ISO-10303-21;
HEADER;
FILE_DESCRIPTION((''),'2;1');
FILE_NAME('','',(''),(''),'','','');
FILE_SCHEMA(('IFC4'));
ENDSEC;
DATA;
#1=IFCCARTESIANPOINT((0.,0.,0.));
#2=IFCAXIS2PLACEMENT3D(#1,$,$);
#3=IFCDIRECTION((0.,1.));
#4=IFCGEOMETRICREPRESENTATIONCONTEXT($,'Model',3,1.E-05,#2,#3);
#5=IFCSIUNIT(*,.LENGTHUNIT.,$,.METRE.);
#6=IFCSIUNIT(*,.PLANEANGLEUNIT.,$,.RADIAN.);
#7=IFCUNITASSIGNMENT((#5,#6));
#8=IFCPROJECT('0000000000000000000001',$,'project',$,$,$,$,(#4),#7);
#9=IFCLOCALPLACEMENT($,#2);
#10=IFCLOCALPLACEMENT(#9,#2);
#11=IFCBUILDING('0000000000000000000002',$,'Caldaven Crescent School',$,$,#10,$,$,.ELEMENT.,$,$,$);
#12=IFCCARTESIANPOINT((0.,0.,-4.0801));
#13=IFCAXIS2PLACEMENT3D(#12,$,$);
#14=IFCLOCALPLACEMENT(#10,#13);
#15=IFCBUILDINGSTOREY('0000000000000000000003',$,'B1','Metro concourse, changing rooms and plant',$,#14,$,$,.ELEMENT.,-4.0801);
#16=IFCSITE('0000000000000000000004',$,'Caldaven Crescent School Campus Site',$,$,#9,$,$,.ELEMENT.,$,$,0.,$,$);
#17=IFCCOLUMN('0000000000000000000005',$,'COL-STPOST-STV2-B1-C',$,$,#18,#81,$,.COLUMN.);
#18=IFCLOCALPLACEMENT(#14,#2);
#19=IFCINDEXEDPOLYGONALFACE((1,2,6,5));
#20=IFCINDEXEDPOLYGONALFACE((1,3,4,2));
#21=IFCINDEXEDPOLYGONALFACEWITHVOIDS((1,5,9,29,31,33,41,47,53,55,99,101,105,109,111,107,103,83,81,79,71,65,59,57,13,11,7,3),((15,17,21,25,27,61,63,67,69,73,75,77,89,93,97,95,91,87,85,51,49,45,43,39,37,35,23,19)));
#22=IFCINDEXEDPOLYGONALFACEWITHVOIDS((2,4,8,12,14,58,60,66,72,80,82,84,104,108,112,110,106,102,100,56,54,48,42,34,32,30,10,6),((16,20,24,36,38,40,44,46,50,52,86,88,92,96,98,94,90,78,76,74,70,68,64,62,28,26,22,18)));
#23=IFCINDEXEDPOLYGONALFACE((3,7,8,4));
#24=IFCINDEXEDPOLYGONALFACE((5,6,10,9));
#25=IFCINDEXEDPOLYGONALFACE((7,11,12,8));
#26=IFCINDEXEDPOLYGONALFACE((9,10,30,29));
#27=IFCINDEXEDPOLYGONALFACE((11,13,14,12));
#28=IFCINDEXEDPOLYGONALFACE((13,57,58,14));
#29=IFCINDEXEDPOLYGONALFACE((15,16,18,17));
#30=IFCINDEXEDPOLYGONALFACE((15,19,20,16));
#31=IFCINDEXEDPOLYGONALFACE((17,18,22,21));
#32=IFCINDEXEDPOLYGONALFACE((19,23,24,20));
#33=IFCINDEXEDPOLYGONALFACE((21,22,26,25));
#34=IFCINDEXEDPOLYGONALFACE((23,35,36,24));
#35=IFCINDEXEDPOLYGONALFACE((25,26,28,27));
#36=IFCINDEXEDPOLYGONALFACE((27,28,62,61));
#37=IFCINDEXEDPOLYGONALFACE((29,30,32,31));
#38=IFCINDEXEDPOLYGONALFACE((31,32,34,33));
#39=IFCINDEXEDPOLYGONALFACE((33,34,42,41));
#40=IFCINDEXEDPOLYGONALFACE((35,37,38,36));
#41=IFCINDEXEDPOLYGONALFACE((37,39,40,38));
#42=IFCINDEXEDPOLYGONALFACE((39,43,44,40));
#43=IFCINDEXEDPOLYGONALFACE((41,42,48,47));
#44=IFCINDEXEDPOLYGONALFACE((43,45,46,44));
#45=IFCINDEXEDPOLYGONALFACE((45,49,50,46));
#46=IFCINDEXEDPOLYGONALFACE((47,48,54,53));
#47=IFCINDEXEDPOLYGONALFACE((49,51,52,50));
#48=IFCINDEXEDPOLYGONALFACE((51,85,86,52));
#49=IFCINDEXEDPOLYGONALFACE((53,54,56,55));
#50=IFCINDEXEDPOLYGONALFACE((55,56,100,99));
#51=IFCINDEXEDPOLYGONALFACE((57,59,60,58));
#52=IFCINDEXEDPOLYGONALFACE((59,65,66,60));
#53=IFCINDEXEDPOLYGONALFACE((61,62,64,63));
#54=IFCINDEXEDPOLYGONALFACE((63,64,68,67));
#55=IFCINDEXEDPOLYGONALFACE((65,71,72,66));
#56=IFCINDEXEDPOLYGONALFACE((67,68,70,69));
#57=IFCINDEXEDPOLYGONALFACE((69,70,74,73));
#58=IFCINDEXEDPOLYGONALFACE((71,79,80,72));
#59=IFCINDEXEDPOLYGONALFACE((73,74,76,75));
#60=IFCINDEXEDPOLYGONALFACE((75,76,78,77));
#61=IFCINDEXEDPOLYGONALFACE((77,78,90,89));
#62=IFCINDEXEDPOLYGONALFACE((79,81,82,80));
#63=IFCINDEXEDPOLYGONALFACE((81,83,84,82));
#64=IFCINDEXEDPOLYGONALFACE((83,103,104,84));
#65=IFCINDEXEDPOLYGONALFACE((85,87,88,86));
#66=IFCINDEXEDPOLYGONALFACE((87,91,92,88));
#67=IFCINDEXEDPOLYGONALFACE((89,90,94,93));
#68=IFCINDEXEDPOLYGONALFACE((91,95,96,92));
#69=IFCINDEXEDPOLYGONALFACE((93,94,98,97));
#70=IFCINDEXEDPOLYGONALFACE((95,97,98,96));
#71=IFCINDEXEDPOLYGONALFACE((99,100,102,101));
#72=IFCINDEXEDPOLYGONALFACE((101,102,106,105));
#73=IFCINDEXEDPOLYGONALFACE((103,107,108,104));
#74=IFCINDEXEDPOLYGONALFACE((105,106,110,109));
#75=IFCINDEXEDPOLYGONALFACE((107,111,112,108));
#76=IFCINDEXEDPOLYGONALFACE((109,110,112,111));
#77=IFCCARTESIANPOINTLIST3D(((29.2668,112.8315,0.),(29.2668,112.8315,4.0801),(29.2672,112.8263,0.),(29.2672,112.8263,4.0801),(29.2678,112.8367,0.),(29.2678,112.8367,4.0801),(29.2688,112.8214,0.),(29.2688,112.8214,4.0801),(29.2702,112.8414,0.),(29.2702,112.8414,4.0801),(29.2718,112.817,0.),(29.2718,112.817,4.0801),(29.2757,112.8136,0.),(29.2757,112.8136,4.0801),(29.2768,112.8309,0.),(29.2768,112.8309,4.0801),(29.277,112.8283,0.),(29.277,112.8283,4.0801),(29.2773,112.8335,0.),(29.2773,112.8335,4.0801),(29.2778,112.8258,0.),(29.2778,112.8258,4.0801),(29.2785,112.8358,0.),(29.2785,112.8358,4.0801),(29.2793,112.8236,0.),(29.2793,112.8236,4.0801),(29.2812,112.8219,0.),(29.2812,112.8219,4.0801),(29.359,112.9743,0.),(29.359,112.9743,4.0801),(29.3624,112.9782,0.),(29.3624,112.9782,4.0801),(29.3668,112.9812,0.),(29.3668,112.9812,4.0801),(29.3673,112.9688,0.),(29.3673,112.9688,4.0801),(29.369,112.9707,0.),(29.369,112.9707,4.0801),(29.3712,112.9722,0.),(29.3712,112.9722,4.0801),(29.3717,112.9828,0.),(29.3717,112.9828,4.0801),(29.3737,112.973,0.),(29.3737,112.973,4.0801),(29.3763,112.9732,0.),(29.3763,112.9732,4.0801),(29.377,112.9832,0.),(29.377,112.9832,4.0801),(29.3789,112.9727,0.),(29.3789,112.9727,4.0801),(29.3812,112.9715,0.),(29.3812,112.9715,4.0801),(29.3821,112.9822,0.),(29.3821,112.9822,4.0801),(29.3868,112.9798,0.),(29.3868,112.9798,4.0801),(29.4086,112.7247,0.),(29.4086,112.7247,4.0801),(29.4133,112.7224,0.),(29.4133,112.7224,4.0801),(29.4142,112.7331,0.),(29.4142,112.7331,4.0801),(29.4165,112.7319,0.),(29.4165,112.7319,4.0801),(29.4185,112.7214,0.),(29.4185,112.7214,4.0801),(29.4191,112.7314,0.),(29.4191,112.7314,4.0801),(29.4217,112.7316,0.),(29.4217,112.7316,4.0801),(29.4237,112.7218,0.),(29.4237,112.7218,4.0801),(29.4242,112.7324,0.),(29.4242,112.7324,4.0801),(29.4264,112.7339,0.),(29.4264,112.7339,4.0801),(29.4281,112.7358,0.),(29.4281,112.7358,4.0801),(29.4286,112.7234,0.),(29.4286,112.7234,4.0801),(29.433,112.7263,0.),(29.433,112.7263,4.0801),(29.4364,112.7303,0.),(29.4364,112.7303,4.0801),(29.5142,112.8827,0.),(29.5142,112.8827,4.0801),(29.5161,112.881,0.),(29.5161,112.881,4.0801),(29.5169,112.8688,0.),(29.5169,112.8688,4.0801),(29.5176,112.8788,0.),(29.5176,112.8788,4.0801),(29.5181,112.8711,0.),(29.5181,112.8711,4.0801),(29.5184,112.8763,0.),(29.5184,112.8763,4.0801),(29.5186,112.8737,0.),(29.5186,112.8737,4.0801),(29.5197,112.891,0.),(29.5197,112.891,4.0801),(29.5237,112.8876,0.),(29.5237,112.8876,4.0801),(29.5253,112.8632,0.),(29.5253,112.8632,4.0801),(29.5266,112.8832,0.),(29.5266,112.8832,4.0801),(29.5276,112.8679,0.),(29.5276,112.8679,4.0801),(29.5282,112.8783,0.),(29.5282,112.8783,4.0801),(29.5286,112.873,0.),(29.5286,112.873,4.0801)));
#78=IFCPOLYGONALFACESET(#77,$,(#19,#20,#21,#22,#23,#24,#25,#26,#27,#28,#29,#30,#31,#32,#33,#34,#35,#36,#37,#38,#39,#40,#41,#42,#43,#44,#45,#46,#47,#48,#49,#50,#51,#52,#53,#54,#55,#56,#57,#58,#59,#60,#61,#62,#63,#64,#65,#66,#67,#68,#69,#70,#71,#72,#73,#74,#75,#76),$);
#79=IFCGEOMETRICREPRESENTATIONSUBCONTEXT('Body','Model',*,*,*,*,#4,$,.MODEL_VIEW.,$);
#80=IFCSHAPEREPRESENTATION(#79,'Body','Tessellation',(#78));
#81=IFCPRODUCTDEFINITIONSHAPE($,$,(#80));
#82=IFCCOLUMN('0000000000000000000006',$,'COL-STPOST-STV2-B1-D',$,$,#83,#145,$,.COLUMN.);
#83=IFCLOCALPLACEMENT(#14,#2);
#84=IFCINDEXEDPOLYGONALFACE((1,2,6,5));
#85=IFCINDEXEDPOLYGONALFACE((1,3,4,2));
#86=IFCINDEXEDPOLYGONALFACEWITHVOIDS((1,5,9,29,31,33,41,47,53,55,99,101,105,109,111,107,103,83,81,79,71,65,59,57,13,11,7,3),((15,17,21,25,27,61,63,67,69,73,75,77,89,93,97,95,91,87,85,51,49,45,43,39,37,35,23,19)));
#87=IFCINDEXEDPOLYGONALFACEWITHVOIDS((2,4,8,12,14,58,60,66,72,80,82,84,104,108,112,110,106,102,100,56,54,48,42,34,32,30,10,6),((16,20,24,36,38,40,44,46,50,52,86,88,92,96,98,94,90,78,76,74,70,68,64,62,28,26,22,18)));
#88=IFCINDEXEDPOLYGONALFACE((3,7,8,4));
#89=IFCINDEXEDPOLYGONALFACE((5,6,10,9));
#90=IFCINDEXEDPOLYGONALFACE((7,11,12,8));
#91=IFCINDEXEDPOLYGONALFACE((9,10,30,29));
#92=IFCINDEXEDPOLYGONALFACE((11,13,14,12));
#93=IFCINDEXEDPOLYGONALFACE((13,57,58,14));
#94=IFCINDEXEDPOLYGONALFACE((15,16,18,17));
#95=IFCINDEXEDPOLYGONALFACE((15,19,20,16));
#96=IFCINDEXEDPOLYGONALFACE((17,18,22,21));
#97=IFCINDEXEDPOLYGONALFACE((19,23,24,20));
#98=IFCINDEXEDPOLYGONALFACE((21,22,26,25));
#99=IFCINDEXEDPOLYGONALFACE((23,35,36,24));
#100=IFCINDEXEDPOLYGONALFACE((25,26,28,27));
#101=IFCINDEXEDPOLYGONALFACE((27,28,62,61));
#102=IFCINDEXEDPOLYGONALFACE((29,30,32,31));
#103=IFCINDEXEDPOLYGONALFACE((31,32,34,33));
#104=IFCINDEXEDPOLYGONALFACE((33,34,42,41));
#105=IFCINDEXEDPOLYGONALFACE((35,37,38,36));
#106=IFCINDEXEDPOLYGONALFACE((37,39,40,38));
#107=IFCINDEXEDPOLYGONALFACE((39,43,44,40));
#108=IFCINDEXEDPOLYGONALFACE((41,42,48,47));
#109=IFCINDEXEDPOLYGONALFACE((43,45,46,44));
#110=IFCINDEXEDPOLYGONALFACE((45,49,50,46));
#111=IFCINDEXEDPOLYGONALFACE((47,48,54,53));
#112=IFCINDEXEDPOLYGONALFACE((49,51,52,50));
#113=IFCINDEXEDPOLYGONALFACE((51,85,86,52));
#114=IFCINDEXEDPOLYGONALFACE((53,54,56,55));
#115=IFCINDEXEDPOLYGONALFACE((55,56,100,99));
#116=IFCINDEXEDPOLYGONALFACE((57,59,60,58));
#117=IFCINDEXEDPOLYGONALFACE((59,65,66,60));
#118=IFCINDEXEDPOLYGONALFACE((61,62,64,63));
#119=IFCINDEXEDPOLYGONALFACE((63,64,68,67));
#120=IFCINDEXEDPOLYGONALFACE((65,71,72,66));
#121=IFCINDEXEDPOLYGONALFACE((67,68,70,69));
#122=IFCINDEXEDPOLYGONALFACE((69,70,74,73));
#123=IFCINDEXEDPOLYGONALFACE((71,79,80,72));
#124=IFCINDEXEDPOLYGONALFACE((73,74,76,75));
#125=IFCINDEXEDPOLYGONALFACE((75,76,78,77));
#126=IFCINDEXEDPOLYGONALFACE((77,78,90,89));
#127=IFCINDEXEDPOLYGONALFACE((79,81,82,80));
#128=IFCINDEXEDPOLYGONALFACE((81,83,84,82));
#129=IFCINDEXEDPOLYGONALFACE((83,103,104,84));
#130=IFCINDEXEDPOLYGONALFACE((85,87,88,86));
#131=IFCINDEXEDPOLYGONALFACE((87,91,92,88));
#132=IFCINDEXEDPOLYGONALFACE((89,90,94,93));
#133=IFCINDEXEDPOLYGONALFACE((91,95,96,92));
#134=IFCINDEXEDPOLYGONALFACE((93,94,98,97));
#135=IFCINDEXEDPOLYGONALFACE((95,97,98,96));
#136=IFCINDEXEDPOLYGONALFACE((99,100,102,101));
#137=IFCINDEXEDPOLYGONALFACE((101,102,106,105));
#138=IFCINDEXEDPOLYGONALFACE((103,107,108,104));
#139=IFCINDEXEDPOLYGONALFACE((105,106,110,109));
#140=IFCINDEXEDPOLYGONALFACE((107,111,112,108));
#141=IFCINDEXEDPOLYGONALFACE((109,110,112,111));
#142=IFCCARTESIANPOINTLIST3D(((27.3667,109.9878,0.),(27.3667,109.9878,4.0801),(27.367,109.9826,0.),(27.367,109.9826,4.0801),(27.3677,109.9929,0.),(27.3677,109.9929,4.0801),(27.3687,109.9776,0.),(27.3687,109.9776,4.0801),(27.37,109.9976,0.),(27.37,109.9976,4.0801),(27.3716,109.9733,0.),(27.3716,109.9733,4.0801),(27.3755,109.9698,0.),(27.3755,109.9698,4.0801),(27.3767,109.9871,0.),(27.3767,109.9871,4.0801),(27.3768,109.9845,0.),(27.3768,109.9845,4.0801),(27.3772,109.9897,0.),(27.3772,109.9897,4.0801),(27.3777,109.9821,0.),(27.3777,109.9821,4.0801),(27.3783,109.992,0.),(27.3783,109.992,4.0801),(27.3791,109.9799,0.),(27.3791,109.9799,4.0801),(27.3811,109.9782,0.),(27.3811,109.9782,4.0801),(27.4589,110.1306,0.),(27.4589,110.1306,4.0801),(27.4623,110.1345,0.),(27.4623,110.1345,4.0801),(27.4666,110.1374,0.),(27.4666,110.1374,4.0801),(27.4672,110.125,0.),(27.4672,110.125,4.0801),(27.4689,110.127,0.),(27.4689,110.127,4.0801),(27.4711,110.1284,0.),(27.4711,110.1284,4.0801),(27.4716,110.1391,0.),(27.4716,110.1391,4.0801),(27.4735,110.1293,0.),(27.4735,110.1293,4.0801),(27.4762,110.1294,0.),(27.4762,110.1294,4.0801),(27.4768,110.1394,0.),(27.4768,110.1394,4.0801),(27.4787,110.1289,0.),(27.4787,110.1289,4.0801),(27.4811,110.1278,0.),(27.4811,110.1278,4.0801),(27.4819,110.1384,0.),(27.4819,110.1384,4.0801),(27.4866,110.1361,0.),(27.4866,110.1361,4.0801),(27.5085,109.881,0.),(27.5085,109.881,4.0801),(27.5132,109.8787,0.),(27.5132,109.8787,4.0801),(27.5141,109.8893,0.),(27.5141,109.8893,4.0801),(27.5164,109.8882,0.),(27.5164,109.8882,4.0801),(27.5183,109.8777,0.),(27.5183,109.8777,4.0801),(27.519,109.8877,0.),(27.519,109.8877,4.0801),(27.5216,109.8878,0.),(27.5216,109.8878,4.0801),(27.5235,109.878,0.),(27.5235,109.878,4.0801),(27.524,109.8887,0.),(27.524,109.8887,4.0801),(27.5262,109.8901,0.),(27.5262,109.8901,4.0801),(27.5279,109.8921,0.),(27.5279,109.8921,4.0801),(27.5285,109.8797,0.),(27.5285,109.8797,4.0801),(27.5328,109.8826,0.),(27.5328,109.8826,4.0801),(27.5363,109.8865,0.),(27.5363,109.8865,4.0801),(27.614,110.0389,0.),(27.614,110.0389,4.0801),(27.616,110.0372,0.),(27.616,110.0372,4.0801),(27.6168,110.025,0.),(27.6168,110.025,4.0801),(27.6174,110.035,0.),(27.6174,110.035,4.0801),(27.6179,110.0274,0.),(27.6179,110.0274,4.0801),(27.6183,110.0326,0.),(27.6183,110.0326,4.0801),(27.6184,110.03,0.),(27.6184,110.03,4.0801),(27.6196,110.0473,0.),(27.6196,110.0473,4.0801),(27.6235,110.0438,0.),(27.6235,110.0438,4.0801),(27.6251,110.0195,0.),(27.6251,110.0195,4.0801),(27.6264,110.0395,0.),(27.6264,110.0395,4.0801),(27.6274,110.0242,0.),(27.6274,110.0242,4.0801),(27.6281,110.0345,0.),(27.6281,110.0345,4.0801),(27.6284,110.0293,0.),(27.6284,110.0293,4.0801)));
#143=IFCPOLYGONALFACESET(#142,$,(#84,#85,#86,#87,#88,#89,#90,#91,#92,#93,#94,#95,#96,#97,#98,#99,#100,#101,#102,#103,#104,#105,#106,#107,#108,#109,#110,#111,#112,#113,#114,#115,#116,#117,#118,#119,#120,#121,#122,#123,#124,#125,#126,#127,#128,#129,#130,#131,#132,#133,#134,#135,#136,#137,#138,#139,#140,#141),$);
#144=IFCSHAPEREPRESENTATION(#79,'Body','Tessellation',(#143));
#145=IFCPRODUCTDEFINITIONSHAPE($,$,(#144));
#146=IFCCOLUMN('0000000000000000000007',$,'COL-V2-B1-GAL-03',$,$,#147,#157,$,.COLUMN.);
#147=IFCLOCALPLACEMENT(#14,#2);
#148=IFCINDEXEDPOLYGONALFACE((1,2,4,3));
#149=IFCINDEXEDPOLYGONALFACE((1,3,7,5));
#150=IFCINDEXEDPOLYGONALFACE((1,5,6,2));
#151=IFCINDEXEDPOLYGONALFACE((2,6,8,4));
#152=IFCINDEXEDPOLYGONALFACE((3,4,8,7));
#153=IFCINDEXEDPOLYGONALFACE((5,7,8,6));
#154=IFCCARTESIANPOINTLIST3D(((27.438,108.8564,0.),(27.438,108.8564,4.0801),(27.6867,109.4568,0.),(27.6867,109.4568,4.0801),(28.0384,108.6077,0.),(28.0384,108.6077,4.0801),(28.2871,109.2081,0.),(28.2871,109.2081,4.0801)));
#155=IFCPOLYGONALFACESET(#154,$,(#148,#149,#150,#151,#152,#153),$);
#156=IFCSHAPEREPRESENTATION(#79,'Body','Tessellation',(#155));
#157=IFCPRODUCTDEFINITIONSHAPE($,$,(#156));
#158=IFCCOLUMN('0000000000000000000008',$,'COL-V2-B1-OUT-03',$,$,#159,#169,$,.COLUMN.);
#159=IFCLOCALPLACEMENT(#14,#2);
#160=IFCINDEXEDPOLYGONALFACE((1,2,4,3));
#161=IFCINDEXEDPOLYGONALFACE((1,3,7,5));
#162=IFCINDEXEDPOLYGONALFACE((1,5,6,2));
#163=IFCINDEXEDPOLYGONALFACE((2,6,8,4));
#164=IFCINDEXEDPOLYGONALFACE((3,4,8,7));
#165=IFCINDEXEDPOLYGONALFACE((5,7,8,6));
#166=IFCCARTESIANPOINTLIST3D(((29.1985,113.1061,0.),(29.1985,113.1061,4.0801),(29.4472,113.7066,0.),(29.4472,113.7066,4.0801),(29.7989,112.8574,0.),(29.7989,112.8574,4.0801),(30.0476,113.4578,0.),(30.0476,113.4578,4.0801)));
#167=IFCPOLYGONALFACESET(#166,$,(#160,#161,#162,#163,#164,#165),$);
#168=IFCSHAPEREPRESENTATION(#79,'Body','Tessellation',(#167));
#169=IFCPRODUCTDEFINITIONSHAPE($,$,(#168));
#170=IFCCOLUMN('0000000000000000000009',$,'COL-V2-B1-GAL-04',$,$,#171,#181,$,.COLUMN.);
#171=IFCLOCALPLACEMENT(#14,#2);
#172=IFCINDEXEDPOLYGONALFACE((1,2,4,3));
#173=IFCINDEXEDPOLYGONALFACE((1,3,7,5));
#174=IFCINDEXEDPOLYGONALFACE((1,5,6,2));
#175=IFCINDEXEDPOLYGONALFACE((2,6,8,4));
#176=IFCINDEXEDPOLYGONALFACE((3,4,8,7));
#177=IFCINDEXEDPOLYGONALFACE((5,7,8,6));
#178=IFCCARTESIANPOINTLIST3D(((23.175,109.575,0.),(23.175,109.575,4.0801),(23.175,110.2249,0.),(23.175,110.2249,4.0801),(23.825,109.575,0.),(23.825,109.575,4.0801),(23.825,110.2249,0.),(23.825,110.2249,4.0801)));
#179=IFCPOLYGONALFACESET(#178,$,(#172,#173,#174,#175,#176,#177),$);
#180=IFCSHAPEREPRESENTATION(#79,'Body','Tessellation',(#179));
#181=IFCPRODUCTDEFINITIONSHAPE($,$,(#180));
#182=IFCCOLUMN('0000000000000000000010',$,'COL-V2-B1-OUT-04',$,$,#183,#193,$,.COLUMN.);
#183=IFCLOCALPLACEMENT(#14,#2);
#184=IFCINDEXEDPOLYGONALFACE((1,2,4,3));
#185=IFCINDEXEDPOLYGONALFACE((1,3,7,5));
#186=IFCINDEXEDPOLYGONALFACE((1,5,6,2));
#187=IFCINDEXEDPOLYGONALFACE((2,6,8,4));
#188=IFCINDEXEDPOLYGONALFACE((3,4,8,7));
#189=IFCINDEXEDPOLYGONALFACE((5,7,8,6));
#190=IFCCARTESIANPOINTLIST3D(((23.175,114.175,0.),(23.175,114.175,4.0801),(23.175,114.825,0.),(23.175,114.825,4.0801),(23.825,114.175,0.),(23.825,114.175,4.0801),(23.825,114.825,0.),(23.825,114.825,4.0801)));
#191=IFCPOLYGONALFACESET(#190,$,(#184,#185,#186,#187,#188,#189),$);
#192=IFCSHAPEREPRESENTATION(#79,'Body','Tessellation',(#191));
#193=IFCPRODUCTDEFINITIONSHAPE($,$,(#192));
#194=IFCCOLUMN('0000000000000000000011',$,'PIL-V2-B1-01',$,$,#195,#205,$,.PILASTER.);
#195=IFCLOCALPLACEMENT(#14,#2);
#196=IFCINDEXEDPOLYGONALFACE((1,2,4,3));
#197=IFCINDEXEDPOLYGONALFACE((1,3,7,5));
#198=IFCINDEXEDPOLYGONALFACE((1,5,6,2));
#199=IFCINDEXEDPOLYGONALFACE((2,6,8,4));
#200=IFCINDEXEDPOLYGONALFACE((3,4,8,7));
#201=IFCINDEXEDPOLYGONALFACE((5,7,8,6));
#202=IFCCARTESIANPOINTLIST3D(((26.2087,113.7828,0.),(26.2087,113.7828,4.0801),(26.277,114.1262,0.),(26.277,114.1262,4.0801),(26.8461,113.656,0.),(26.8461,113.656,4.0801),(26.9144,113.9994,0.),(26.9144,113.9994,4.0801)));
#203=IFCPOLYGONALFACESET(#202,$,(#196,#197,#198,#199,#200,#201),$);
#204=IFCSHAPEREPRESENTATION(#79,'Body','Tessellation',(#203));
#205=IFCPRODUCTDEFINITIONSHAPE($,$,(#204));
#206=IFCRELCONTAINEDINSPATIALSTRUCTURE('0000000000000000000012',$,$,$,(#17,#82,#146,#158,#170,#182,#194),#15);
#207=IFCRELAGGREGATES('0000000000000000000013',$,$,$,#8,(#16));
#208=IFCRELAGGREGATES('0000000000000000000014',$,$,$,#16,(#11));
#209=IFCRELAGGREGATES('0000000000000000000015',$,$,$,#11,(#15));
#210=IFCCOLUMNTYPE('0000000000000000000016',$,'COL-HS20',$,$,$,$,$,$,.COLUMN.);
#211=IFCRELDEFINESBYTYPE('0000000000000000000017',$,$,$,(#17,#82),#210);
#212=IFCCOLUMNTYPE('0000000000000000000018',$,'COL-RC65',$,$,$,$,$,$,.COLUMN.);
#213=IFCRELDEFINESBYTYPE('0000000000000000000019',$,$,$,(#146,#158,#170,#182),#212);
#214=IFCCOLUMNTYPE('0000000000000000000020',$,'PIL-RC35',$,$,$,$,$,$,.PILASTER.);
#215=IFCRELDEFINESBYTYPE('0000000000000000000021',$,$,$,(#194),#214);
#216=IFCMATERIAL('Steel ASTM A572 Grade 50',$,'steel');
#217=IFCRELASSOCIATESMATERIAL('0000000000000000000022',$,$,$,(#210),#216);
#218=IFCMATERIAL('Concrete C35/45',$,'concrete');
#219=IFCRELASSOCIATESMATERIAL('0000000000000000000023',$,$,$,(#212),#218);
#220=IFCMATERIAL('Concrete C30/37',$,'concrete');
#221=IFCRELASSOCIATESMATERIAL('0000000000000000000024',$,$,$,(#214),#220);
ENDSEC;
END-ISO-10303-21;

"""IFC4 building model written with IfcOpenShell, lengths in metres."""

from ifc_helpers import new_model, si_unit, direction, frame, origin, origin_2d, place, context, subcontext, project, spatial, rectangle, hollow_rectangle, extrude, material, material_profile, profile_set, type_object, element, save


model = new_model("IFC4")

# Units and contexts
model_context = context("Model", 3, precision=1e-05, world=origin(), true_north=direction((0.0, 1.0)))
body_context = subcontext(model_context, "Body", "Model", "MODEL_VIEW")
ifc_project = project(units=[si_unit("LENGTHUNIT", "METRE"), si_unit("PLANEANGLEUNIT", "RADIAN")], contexts=[model_context])

# Site, building, storey
site_placement = place(None, origin())
site = spatial("IfcSite", under=ifc_project, at=site_placement, Name="Caldaven Crescent School Campus Site", CompositionType="ELEMENT", RefElevation=0.0)
building_placement = place(site_placement, origin())
building = spatial("IfcBuilding", under=site, at=building_placement, Name="Caldaven Crescent School", CompositionType="ELEMENT")
storey_placement = place(building_placement, frame((0.0, 0.0, -4.0801)))
storey = spatial("IfcBuildingStorey", under=building, at=storey_placement, Name="B1", Description="Metro concourse, changing rooms and plant", CompositionType="ELEMENT", Elevation=-4.0801)

# Shared definitions
ifc_material_1 = material(Name="Concrete C30/37", Category="concrete")
ifc_material_2 = material(Name="Concrete C35/45", Category="concrete")

# Columns
ifc_material_3 = material(Name="Steel ASTM A572 Grade 50", Category="steel")
ifc_material_profile_1 = material_profile(ifc_material_3, hollow_rectangle(XDim=0.2, YDim=0.2, WallThickness=0.01, InnerFilletRadius=0.01, OuterFilletRadius=0.02, at=origin_2d()), Name="HSS 200x200x10")
ifc_profile_set_1 = profile_set([ifc_material_profile_1], Name="Steel ASTM A572 Grade 50")
column_type_1 = type_object("IfcColumnType", Name="COL-HS20", PredefinedType="COLUMN", material=ifc_profile_set_1)
for number, where, z_axis, x_axis, name in (
    (1, (29.3977, 112.8523, 0.0), (0.0, 0.0, 1.0), (-0.83147, 0.55557, 0.0), "COL-STPOST-STV2-B1-C"),
    (2, (27.4976, 110.0085, 0.0), (0.0, 0.0, 1.0), (-0.83147, 0.55557, 0.0), "COL-STPOST-STV2-B1-D"),
):
    element("IfcColumn", number, at=place(storey_placement, frame(where, z_axis=z_axis, x_axis=x_axis)), inside=storey, type_object=column_type_1, Name=name, PredefinedType="COLUMN", context=body_context, shape_type="SweptSolid", body=[
        extrude(hollow_rectangle(XDim=0.2, YDim=0.2, WallThickness=0.01, InnerFilletRadius=0.01, OuterFilletRadius=0.02, at=origin_2d()), origin(), (0.0, 0.0, 1.0), 4.0801),
    ])
ifc_material_profile_2 = material_profile(ifc_material_2, rectangle(XDim=0.6499, YDim=0.6499, at=origin_2d()), Name="RC 650x650")
ifc_profile_set_2 = profile_set([ifc_material_profile_2], Name="Concrete C35/45")
column_type_2 = type_object("IfcColumnType", Name="COL-RC65", PredefinedType="COLUMN", material=ifc_profile_set_2)
for number, where, z_axis, x_axis, name in (
    (3, (27.8625, 109.0322, 0.0), (0.0, 0.0, 1.0), (0.382683, 0.92388, 0.0), "COL-V2-B1-GAL-03"),
    (4, (29.623, 113.282, 0.0), (0.0, 0.0, 1.0), (0.382683, 0.92388, 0.0), "COL-V2-B1-OUT-03"),
    (5, (23.5, 109.8999, 0.0), (0.0, 0.0, 1.0), (0.0, 1.0, 0.0), "COL-V2-B1-GAL-04"),
    (6, (23.5, 114.5, 0.0), (0.0, 0.0, 1.0), (0.0, 1.0, 0.0), "COL-V2-B1-OUT-04"),
):
    element("IfcColumn", number, at=place(storey_placement, frame(where, z_axis=z_axis, x_axis=x_axis)), inside=storey, type_object=column_type_2, Name=name, PredefinedType="COLUMN", context=body_context, shape_type="SweptSolid", body=[
        extrude(rectangle(XDim=0.6499, YDim=0.6499, at=origin_2d()), origin(), (0.0, 0.0, 1.0), 4.0801),
    ])
ifc_material_profile_3 = material_profile(ifc_material_1, rectangle(XDim=0.3501, YDim=0.6499, at=origin_2d()), Name="RC 350x650")
ifc_profile_set_3 = profile_set([ifc_material_profile_3], Name="Concrete C30/37")
column_type_3 = type_object("IfcColumnType", Name="PIL-RC35", PredefinedType="PILASTER", material=ifc_profile_set_3)
column_placement = place(storey_placement, frame((26.5615, 113.8911, 0.0), z_axis=(0.0, 0.0, 1.0), x_axis=(0.19509, 0.980785, 0.0)))
element("IfcColumn", 7, at=column_placement, inside=storey, type_object=column_type_3, Name="PIL-V2-B1-01", PredefinedType="PILASTER", context=body_context, shape_type="SweptSolid", body=[
    extrude(rectangle(XDim=0.3501, YDim=0.6499, at=origin_2d()), origin(), (0.0, 0.0, 1.0), 4.0801),
])

save(model, "model.ifc")
